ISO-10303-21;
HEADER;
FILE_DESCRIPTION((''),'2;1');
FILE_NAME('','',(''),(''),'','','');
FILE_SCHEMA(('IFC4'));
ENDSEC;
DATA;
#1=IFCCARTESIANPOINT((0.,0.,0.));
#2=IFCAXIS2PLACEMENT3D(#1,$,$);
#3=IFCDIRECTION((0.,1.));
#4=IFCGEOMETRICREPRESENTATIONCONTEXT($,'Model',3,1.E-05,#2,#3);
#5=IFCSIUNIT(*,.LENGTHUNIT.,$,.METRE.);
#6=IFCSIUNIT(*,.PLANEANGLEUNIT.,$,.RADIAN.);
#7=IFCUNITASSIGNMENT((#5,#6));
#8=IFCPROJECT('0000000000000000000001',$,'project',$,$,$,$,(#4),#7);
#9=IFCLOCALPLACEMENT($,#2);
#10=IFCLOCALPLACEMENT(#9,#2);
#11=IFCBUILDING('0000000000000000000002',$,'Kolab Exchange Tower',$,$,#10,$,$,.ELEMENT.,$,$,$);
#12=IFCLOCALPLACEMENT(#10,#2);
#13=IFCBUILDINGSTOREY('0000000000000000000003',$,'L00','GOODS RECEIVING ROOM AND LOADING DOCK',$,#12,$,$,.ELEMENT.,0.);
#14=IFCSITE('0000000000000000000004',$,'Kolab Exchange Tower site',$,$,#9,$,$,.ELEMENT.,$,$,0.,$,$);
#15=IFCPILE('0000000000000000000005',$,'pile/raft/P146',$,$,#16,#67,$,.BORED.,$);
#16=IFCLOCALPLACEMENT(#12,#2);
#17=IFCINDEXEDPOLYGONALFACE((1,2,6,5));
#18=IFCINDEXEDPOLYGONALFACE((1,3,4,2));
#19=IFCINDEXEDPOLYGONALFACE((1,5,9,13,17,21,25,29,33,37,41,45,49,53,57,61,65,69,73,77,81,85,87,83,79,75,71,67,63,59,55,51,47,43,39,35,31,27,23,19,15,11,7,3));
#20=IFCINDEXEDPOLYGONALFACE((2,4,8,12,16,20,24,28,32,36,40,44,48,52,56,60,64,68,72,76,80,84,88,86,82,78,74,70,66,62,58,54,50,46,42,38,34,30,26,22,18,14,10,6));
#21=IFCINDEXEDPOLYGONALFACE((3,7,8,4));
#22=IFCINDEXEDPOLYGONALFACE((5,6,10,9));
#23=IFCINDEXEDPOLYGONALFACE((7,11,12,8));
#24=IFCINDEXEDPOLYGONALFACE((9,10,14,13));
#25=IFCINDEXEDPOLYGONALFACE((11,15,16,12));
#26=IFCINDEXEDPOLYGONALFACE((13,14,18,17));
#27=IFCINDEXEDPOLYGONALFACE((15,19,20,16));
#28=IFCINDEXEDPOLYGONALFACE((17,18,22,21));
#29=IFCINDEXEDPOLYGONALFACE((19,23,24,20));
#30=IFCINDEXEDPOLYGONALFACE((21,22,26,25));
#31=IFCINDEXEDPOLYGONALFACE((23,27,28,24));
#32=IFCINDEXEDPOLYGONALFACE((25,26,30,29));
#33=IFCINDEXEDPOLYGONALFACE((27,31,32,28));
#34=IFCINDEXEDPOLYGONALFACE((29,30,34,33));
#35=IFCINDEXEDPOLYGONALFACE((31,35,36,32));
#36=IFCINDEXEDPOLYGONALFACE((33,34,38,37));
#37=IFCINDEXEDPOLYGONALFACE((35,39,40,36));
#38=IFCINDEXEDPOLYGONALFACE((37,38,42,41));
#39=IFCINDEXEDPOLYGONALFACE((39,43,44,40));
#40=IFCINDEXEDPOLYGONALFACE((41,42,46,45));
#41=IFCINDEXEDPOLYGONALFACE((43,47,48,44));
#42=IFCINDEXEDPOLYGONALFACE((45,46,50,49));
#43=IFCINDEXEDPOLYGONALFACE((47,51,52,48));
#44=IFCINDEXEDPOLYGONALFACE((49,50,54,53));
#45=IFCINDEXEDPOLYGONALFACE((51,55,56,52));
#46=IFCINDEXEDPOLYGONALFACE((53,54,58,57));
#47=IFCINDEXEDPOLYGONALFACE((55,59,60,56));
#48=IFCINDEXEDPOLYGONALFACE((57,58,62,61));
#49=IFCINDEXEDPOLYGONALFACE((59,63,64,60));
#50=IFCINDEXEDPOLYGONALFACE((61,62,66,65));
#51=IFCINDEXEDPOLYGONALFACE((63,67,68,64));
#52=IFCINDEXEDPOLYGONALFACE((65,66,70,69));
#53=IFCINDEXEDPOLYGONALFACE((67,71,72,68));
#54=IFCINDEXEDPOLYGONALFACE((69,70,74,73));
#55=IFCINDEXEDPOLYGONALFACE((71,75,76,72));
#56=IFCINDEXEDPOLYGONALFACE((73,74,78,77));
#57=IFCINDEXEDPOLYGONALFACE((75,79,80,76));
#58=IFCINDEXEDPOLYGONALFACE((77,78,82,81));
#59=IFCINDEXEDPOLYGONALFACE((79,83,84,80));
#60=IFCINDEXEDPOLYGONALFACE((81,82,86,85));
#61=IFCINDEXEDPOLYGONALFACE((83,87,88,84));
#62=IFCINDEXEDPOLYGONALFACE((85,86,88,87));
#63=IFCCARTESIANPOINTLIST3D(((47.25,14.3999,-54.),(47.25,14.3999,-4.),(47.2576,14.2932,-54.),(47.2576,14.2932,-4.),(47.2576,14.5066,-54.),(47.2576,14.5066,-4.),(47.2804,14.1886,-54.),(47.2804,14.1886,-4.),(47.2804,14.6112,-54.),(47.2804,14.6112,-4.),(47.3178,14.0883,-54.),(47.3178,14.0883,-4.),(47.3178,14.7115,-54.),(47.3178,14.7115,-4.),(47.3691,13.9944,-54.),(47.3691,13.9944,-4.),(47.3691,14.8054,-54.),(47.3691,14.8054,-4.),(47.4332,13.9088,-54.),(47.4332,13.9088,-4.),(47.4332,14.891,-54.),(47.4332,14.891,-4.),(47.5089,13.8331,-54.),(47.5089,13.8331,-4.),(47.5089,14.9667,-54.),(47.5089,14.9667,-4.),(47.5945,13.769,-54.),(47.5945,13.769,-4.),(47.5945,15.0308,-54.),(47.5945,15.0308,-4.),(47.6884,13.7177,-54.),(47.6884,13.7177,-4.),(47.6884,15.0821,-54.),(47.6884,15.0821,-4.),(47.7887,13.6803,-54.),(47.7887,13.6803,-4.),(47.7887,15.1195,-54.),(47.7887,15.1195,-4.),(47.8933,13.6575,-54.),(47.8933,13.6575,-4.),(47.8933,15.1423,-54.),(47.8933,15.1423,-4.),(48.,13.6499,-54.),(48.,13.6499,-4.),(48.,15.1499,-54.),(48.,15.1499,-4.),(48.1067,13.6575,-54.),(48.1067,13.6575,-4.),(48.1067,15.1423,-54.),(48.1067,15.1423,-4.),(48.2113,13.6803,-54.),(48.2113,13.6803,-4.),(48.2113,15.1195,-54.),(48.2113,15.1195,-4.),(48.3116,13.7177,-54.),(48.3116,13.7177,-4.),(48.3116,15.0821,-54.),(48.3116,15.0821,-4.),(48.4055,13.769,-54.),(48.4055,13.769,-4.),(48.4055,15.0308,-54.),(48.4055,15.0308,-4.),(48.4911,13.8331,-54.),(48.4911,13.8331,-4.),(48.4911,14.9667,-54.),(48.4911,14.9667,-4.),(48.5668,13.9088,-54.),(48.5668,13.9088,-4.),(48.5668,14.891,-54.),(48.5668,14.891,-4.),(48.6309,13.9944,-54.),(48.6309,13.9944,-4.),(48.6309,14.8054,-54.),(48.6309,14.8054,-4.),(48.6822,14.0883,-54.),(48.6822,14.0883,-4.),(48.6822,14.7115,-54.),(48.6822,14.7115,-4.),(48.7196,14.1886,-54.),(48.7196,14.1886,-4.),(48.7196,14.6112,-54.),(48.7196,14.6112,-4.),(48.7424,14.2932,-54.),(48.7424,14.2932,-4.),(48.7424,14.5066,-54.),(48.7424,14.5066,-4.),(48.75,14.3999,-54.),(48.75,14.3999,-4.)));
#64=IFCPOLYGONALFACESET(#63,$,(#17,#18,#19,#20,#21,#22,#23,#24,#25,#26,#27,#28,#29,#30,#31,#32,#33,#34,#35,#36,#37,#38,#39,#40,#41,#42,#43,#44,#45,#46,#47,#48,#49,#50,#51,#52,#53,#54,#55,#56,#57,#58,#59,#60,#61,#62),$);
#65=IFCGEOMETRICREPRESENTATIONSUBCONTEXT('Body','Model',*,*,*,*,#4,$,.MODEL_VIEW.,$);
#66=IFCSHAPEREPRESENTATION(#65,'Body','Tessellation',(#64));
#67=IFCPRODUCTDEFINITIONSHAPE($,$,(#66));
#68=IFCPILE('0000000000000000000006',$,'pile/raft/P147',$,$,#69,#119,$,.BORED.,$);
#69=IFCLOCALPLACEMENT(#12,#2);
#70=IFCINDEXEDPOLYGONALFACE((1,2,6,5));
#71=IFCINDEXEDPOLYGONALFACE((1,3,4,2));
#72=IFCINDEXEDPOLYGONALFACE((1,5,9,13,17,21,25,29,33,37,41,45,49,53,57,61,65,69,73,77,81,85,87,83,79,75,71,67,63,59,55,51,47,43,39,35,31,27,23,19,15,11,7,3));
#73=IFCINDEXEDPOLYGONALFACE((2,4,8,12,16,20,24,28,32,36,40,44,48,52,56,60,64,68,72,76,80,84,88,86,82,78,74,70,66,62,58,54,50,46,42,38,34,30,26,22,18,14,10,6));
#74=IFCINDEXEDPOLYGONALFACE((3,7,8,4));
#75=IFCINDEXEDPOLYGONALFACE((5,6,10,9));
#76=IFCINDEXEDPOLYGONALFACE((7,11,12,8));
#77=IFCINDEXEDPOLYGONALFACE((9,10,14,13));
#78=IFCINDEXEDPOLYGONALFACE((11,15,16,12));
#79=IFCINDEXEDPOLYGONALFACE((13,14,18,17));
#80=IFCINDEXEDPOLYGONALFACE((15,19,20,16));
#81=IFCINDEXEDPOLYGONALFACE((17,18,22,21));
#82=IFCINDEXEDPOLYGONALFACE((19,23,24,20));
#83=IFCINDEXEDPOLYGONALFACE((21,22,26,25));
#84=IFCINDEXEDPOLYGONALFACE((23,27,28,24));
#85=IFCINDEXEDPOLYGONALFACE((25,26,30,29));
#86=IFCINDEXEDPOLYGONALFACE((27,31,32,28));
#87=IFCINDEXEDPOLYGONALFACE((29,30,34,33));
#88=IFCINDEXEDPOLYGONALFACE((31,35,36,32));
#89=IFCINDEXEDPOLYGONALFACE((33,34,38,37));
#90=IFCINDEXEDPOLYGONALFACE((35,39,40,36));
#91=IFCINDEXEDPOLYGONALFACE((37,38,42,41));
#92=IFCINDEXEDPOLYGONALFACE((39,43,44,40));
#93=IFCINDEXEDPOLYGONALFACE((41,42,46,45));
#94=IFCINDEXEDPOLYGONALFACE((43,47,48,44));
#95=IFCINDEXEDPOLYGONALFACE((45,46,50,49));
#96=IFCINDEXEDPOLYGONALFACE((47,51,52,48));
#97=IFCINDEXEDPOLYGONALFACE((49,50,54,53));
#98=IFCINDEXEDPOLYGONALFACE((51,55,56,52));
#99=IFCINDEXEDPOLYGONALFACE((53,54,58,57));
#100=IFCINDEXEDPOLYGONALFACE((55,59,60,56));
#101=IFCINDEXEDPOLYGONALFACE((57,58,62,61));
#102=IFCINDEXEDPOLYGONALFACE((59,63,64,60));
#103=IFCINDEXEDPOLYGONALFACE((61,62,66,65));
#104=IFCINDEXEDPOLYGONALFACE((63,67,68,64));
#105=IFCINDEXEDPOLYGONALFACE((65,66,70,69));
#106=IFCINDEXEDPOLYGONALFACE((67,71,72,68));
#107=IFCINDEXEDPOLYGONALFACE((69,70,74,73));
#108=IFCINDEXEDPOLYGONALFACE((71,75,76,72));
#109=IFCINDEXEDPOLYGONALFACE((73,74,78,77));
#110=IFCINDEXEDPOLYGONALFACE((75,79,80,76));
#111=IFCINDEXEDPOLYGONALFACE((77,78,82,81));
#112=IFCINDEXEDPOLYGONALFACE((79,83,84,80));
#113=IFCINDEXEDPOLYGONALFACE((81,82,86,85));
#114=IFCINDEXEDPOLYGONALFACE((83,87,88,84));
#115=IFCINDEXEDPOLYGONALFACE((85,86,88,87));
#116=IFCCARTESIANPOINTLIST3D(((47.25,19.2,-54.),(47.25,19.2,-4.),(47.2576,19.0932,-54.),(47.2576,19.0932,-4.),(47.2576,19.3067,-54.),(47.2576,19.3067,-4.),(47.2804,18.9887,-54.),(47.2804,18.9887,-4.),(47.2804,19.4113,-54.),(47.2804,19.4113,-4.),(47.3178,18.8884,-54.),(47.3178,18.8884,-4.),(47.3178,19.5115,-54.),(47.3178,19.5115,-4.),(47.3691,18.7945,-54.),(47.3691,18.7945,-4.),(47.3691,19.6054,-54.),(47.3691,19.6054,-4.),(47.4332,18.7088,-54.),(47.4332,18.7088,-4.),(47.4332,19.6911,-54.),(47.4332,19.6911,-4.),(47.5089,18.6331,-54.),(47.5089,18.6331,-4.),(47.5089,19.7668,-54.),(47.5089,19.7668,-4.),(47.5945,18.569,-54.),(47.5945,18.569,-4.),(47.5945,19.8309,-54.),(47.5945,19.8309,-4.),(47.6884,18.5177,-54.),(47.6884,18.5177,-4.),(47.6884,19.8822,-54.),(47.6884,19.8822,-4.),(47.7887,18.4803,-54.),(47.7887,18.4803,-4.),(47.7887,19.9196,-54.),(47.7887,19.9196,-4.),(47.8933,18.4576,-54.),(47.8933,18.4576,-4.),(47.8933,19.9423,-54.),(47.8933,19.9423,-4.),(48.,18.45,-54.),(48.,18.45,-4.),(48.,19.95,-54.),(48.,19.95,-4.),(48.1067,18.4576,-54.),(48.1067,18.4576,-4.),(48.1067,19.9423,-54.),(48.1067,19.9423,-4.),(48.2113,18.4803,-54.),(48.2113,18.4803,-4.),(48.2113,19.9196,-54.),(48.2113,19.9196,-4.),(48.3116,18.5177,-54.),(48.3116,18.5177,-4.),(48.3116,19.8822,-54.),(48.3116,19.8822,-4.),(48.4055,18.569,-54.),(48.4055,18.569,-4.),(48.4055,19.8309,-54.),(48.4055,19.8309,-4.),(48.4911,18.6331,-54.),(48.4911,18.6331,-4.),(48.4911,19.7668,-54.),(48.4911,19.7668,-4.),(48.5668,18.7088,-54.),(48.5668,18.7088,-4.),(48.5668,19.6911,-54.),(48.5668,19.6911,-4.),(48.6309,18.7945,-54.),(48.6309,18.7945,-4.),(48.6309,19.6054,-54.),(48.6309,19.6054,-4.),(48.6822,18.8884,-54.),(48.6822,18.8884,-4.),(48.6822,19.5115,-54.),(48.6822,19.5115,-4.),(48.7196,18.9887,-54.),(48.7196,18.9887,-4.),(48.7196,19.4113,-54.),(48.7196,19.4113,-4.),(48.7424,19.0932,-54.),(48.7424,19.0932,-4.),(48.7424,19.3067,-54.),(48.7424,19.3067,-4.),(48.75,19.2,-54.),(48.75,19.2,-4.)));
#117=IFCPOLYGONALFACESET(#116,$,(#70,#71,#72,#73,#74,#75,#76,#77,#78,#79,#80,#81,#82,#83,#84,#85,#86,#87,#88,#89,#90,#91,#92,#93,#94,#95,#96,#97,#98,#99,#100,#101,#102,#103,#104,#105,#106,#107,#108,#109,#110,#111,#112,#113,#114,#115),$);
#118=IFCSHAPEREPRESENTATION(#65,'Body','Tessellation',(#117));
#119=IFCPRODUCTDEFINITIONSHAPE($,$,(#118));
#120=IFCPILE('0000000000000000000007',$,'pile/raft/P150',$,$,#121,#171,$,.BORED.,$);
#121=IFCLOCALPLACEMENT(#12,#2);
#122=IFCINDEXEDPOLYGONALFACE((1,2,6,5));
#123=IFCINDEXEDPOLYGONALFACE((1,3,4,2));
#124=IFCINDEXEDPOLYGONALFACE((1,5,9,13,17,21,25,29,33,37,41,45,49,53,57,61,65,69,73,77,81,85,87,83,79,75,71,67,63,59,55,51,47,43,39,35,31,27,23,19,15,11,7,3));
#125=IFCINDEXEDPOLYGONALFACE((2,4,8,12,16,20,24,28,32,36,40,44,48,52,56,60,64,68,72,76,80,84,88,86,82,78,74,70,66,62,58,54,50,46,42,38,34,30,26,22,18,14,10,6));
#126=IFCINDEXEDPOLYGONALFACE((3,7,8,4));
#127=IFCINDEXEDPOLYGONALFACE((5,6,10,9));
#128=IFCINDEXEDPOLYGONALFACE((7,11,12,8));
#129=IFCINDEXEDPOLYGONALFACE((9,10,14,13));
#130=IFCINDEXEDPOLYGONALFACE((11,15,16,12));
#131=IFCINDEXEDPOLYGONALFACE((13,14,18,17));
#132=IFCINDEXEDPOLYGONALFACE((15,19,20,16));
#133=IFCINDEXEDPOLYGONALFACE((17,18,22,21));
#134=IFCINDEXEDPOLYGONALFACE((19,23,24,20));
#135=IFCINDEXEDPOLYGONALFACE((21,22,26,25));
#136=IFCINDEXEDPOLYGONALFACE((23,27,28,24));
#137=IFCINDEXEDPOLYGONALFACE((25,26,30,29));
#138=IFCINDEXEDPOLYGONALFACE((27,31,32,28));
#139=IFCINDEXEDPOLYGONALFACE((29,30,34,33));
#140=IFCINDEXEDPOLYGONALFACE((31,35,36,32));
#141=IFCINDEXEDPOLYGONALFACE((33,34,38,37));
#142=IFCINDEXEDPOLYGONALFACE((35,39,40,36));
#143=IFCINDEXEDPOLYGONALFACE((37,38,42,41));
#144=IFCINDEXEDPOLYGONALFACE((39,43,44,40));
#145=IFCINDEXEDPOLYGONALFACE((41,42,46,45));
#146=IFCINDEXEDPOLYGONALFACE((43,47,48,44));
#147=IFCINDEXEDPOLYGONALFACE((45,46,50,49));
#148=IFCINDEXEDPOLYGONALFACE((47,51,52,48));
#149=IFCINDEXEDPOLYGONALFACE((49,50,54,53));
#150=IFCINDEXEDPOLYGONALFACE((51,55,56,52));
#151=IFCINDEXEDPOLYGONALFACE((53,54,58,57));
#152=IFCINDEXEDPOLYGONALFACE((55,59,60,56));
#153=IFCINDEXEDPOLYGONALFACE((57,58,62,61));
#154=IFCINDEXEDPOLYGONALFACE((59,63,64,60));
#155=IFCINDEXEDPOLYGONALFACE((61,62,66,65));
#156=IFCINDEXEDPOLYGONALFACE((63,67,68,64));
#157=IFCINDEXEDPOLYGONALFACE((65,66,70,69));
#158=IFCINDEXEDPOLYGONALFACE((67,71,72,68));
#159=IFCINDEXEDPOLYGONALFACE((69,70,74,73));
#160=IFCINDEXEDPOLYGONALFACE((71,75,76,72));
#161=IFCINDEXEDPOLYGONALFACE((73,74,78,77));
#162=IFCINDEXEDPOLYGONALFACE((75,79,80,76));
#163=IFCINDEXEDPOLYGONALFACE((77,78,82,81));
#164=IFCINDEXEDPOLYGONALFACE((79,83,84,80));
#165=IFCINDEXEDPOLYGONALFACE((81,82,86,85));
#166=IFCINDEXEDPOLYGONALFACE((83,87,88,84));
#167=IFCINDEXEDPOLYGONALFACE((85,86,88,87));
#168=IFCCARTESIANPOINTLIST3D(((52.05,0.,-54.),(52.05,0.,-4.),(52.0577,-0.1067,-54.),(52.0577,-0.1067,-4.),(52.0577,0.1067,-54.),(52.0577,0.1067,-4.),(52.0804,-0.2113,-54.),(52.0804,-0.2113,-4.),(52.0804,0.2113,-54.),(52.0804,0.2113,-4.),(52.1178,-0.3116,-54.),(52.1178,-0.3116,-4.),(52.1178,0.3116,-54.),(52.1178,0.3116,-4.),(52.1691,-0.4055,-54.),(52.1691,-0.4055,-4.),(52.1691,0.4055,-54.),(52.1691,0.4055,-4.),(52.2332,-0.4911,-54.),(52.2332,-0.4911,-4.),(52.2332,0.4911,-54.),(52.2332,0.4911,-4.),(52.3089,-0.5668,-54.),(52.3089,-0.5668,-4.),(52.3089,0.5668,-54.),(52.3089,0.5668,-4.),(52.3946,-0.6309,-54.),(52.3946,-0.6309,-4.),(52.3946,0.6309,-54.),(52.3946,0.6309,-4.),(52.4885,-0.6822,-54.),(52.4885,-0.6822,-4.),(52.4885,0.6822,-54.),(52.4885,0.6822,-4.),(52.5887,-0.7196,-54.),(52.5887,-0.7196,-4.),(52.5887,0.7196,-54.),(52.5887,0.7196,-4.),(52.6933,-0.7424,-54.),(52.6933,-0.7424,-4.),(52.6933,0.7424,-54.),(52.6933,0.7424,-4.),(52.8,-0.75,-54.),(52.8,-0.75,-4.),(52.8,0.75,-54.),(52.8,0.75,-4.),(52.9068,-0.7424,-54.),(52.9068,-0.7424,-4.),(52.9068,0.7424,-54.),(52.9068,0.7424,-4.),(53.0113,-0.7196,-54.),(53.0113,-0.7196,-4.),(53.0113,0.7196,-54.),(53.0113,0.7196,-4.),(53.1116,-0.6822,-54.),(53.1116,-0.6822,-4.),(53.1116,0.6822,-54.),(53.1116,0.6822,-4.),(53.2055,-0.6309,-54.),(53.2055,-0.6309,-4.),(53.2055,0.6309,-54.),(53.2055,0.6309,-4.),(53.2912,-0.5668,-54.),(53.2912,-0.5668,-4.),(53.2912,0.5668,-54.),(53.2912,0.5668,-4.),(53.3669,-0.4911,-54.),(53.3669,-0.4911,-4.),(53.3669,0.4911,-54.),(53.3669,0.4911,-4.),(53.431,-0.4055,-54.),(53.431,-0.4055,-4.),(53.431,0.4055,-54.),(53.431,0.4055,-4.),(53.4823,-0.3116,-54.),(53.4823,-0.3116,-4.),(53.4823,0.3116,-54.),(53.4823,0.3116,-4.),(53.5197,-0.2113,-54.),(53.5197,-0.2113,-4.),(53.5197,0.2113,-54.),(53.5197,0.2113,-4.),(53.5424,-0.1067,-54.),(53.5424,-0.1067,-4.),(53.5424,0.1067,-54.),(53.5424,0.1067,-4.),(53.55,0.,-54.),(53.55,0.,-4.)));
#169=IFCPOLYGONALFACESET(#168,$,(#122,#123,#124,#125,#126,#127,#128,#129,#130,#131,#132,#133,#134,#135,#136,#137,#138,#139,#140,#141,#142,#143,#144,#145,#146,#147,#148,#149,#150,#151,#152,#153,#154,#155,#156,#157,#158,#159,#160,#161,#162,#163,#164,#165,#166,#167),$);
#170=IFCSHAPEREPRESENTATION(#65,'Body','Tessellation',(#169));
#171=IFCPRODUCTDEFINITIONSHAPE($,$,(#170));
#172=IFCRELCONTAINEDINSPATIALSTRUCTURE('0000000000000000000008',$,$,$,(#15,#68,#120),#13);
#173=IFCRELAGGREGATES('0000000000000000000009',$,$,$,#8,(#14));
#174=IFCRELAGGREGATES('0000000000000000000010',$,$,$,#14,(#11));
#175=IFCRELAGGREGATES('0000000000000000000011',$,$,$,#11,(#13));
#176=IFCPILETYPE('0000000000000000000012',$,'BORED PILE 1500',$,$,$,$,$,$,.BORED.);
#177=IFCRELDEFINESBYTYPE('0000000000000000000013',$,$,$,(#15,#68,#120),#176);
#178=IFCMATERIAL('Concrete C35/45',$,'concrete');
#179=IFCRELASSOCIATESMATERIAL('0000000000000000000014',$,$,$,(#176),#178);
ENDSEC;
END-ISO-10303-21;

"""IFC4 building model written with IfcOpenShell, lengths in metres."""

from ifc_helpers import new_model, si_unit, direction, frame, origin, origin_2d, place, context, subcontext, project, spatial, circle, extrude, material, material_profile, profile_set, type_object, element, save


model = new_model("IFC4")

# Units and contexts
model_context = context("Model", 3, precision=1e-05, world=origin(), true_north=direction((0.0, 1.0)))
body_context = subcontext(model_context, "Body", "Model", "MODEL_VIEW")
ifc_project = project(units=[si_unit("LENGTHUNIT", "METRE"), si_unit("PLANEANGLEUNIT", "RADIAN")], contexts=[model_context])

# Site, building, storey
site_placement = place(None, origin())
site = spatial("IfcSite", under=ifc_project, at=site_placement, Name="Kolab Exchange Tower site", CompositionType="ELEMENT", RefElevation=0.0)
building_placement = place(site_placement, origin())
building = spatial("IfcBuilding", under=site, at=building_placement, Name="Kolab Exchange Tower", CompositionType="ELEMENT")
storey_placement = place(building_placement, origin())
storey = spatial("IfcBuildingStorey", under=building, at=storey_placement, Name="L00", Description="GOODS RECEIVING ROOM AND LOADING DOCK", CompositionType="ELEMENT", Elevation=0.0)

# Piles
ifc_material_1 = material(Name="Concrete C35/45", Category="concrete")
ifc_material_profile_1 = material_profile(ifc_material_1, circle(Radius=0.75, at=origin_2d()), Name="BP1500")
ifc_profile_set_1 = profile_set([ifc_material_profile_1], Name="Concrete C35/45")
pile_type = type_object("IfcPileType", Name="BORED PILE 1500", PredefinedType="BORED", material=ifc_profile_set_1)
for number, where, z_axis, x_axis, name in (
    (1, (48.0, 14.3999, -4.0), (0.0, 0.0, -1.0), (1.0, 0.0, 0.0), "pile/raft/P146"),
    (2, (48.0, 19.2, -4.0), (0.0, 0.0, -1.0), (1.0, 0.0, 0.0), "pile/raft/P147"),
    (3, (52.8, 0.0, -4.0), (0.0, 0.0, -1.0), (1.0, 0.0, 0.0), "pile/raft/P150"),
):
    element("IfcPile", number, at=place(storey_placement, frame(where, z_axis=z_axis, x_axis=x_axis)), inside=storey, type_object=pile_type, Name=name, PredefinedType="BORED", context=body_context, shape_type="SweptSolid", body=[
        extrude(circle(Radius=0.75, at=origin_2d()), origin(), (0.0, 0.0, 1.0), 50.0),
    ])

save(model, "model.ifc")
